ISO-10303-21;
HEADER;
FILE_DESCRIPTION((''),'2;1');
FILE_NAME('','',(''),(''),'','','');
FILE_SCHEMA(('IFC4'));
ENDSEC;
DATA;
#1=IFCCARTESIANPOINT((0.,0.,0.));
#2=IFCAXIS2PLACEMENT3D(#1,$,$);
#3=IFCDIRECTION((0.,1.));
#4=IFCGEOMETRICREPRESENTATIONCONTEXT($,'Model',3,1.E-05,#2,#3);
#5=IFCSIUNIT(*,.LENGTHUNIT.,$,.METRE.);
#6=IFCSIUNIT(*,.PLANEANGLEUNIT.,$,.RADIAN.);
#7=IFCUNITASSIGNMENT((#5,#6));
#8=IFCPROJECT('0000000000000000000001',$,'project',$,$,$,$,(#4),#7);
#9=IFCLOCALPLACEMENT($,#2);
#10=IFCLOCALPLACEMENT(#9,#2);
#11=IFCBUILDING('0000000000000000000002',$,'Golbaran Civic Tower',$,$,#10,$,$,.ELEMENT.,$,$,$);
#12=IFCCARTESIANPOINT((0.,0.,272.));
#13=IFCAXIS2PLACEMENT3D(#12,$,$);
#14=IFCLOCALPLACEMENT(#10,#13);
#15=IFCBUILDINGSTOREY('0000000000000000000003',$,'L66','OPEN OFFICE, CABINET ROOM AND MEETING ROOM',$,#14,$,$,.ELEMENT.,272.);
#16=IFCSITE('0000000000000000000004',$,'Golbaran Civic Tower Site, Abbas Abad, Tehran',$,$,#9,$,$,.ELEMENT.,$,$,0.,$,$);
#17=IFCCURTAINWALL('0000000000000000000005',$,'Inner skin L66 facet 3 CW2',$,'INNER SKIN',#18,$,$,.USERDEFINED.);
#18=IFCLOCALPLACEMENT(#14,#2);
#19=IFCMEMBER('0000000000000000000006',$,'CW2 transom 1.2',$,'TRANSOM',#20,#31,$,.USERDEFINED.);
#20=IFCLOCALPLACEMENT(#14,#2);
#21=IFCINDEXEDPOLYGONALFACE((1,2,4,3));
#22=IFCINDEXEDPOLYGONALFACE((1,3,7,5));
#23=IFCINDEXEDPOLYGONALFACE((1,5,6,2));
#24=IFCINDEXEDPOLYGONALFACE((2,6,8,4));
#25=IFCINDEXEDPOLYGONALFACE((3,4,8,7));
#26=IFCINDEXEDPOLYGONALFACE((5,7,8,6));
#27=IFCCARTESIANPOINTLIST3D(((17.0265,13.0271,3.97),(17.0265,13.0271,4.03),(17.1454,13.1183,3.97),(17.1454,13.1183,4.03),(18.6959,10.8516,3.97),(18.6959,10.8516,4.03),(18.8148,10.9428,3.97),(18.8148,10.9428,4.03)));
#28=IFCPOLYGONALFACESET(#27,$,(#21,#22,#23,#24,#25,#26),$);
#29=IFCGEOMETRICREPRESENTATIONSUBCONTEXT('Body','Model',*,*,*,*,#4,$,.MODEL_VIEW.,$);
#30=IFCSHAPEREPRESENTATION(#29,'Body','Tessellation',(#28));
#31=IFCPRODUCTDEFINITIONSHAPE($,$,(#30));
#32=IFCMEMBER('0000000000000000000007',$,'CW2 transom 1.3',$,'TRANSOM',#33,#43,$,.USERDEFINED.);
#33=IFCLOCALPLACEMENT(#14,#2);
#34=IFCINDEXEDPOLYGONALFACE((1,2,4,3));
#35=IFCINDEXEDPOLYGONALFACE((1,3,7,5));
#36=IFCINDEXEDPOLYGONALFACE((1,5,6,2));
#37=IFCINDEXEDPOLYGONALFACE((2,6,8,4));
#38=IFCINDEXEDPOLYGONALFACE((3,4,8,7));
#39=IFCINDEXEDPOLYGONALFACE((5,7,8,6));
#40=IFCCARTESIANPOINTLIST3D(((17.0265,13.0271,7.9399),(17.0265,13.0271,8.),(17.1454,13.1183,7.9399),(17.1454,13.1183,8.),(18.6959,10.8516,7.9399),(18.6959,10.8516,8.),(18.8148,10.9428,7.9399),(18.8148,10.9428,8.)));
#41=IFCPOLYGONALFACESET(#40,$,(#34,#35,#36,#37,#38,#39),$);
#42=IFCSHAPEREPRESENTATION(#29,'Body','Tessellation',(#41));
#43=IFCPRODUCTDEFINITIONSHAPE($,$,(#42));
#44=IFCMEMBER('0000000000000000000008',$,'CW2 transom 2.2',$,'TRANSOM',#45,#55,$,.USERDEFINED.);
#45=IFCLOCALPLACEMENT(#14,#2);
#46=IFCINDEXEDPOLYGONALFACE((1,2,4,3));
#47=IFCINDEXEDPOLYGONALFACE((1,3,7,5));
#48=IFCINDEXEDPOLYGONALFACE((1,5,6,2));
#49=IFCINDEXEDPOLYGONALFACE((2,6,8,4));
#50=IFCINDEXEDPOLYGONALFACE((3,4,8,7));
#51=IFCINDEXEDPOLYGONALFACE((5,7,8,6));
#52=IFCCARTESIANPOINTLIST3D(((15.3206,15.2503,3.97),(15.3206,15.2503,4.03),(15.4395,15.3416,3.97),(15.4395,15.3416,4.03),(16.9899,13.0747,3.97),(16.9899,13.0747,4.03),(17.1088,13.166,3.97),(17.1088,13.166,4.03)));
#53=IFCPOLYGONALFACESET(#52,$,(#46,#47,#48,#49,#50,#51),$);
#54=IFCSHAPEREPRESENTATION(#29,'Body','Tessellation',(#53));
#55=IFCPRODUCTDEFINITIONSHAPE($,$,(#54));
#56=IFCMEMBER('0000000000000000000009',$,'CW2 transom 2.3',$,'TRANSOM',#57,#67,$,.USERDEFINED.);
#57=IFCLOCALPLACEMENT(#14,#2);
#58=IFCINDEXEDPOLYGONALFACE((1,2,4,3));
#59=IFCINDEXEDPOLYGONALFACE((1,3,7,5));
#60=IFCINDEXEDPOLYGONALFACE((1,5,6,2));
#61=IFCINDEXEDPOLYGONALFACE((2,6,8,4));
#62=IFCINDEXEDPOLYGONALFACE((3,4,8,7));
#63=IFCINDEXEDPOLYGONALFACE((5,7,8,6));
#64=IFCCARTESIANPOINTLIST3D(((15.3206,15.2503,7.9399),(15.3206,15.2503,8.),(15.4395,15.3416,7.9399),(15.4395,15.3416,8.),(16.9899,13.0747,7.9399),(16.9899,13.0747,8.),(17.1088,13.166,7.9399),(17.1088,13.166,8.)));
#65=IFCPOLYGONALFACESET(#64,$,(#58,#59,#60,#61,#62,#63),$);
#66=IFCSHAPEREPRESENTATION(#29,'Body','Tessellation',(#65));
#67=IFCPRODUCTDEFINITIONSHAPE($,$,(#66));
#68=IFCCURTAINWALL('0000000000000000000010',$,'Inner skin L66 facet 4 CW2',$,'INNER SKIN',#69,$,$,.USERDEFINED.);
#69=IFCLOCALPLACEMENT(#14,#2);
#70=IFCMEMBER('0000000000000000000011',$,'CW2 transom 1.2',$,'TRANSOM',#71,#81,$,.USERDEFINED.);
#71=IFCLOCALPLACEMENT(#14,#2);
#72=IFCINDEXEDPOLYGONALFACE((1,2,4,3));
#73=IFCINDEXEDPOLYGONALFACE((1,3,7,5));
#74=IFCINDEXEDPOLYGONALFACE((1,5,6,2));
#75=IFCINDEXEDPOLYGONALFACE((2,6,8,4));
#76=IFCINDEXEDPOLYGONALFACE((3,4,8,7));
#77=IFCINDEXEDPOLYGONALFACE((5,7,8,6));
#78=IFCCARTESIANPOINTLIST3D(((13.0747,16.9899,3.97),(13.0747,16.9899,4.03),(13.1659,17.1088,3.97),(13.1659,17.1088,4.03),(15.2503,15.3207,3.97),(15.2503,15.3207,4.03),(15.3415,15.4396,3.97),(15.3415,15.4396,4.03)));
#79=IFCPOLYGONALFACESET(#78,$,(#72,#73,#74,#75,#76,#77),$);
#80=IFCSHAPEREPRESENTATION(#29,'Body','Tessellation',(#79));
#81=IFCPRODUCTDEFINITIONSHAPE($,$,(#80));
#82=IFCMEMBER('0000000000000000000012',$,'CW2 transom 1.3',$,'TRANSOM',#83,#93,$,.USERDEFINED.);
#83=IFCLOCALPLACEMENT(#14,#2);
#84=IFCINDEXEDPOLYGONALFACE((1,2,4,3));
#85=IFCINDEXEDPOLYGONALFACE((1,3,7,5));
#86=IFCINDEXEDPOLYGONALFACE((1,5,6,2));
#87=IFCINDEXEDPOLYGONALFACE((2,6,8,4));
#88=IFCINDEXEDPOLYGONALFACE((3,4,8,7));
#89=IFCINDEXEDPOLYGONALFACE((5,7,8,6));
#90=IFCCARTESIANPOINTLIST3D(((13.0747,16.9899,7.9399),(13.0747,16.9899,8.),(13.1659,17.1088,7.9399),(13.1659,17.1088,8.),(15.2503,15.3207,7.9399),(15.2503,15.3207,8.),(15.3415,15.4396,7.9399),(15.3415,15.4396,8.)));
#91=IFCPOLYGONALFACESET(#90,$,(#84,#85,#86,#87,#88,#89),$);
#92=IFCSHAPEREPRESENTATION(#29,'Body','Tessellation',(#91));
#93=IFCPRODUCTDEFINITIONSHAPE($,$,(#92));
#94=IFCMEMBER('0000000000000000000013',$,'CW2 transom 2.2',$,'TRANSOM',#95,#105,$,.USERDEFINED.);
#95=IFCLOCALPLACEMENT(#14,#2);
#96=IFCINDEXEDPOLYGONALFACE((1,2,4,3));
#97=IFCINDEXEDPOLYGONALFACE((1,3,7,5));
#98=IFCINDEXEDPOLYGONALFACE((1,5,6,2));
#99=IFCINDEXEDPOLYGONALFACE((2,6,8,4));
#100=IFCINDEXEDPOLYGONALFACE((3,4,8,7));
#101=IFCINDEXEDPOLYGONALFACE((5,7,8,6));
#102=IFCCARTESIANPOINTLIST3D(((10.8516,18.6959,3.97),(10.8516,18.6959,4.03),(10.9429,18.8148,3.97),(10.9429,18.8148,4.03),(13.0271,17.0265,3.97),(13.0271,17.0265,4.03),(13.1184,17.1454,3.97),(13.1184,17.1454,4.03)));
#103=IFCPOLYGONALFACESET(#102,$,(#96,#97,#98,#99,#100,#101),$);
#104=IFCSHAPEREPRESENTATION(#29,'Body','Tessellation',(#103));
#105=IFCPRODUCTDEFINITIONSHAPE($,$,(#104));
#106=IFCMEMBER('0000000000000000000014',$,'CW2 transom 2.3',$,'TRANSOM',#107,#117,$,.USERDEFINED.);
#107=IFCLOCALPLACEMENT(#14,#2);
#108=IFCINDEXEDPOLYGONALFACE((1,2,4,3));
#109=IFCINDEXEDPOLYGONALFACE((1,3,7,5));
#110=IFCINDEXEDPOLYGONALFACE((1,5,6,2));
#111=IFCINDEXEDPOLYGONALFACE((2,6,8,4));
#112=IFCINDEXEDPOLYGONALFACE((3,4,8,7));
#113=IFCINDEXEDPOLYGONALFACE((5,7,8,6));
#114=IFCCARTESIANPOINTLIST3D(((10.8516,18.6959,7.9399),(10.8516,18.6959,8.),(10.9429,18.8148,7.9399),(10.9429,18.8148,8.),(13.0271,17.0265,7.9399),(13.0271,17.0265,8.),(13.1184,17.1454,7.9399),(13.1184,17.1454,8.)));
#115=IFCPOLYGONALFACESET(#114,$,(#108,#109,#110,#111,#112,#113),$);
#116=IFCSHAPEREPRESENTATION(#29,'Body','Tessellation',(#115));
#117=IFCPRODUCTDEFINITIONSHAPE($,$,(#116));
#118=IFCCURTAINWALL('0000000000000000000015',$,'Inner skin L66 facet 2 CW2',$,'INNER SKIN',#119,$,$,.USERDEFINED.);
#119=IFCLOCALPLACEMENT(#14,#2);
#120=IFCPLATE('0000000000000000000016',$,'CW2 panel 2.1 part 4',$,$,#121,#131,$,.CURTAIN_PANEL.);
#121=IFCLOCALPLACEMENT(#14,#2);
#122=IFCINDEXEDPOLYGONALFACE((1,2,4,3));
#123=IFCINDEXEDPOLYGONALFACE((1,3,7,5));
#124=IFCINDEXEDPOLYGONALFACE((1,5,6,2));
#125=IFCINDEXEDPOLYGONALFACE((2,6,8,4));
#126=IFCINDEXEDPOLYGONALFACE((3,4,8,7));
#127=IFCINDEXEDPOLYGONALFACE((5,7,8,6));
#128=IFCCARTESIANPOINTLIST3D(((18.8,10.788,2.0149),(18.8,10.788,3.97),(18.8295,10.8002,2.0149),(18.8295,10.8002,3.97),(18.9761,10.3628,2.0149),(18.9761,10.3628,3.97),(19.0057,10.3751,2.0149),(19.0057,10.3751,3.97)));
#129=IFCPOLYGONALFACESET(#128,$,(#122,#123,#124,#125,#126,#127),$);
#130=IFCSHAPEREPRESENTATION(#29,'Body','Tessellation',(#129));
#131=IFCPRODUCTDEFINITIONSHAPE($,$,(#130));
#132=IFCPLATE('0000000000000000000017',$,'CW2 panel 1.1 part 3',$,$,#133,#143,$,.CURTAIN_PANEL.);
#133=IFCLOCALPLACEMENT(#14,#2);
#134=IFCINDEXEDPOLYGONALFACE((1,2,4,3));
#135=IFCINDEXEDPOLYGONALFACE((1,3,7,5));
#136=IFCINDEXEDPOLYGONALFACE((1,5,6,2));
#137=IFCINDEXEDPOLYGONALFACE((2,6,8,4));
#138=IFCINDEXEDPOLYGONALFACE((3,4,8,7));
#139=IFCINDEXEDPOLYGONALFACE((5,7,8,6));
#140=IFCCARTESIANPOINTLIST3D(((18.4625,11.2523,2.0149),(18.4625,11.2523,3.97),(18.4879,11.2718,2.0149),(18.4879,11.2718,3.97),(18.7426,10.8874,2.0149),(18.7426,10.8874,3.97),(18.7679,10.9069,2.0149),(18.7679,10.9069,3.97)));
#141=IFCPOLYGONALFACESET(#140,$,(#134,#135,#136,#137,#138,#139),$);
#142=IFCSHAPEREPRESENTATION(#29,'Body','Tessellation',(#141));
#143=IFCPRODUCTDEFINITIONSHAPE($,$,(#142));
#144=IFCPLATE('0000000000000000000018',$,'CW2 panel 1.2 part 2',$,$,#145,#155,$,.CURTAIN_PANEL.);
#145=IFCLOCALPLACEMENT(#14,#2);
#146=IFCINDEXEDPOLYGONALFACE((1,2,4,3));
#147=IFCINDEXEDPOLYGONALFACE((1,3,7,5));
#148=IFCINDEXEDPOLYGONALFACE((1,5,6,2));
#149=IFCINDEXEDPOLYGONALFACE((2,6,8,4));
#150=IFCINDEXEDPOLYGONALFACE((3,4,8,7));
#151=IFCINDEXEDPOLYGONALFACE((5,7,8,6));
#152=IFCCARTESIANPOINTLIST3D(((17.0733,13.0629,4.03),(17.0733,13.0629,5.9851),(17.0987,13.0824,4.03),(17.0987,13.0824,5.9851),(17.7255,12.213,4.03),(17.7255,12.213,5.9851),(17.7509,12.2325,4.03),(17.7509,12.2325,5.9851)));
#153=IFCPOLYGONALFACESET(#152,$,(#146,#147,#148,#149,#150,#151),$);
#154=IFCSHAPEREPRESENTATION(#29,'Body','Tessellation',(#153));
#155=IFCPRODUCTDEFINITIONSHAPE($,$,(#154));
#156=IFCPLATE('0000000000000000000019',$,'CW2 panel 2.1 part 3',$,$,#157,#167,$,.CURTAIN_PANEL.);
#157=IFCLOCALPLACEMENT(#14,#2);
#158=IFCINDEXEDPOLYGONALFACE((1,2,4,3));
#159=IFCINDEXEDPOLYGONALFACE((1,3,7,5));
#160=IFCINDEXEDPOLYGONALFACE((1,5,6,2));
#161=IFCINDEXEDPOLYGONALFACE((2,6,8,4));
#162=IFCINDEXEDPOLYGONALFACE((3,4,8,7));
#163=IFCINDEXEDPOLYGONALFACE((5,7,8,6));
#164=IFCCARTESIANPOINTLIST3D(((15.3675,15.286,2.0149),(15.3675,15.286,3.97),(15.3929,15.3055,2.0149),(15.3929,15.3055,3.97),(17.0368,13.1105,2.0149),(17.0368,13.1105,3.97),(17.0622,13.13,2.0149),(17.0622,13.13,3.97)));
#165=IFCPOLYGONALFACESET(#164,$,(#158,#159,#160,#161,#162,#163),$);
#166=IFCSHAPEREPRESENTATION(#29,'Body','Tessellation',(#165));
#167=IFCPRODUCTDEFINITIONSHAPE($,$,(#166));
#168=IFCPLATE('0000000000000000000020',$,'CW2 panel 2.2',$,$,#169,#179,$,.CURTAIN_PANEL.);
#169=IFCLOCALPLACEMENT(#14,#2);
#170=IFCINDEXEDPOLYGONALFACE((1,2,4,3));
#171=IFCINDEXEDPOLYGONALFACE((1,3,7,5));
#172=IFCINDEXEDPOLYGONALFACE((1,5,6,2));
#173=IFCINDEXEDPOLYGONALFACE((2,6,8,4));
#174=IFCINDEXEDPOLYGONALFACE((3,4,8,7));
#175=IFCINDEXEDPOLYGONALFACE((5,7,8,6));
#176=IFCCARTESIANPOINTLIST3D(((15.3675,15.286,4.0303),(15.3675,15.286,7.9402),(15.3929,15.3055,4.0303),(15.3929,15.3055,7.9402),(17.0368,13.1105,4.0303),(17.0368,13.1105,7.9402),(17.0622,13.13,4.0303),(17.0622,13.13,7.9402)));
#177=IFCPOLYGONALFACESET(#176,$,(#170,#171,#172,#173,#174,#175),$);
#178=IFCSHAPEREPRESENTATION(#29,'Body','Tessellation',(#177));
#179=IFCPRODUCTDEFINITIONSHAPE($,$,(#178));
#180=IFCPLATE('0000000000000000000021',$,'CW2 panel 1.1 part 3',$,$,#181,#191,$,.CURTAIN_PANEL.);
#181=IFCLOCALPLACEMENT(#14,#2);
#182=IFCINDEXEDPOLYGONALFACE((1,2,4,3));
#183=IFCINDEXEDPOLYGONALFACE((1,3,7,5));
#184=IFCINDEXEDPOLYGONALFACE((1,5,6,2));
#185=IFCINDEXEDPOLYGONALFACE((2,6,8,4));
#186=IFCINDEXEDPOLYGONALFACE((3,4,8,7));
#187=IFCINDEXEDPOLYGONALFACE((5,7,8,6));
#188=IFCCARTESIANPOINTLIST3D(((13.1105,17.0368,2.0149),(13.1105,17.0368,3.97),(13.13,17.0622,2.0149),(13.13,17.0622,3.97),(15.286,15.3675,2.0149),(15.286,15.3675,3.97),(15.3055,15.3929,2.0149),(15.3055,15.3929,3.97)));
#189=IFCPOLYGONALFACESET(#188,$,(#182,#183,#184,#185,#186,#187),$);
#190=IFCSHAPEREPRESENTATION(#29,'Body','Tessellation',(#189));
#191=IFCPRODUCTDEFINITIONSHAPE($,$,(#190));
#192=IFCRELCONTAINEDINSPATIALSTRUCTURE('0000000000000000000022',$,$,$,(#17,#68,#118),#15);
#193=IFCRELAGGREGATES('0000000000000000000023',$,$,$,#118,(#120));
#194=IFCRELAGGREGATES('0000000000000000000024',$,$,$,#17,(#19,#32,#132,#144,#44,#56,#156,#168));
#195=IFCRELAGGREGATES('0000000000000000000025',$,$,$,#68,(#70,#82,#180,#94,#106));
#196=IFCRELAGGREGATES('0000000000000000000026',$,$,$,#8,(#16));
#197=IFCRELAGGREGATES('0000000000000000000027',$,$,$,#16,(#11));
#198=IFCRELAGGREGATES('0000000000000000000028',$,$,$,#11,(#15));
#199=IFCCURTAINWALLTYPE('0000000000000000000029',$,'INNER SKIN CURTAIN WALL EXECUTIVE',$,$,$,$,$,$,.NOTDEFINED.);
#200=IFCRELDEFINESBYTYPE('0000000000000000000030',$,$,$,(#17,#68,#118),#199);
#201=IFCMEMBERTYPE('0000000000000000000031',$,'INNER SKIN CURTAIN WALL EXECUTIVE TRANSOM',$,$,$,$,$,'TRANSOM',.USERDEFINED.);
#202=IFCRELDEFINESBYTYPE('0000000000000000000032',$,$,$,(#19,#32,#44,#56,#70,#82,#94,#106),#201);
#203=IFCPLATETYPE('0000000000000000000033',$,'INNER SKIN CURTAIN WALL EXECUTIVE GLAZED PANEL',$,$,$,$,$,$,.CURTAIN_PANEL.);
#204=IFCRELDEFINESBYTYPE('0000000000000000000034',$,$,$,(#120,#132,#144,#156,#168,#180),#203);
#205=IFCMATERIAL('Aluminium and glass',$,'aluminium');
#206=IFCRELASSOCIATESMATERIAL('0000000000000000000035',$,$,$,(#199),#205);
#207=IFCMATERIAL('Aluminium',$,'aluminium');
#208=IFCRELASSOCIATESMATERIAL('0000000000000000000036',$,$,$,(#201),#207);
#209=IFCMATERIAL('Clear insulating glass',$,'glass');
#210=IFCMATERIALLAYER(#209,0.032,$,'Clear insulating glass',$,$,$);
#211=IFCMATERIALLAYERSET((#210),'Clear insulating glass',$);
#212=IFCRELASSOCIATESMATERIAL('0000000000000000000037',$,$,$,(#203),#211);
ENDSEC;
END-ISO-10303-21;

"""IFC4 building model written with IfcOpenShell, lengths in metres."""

from ifc_helpers import new_model, si_unit, direction, frame, origin, origin_2d, place, context, subcontext, project, spatial, rectangle, extrude, material, layer, layer_set, material_profile, profile_set, type_object, element, aggregate, save


model = new_model("IFC4")

# Units and contexts
model_context = context("Model", 3, precision=1e-05, world=origin(), true_north=direction((0.0, 1.0)))
body_context = subcontext(model_context, "Body", "Model", "MODEL_VIEW")
ifc_project = project(units=[si_unit("LENGTHUNIT", "METRE"), si_unit("PLANEANGLEUNIT", "RADIAN")], contexts=[model_context])

# Site, building, storey
site_placement = place(None, origin())
site = spatial("IfcSite", under=ifc_project, at=site_placement, Name="Golbaran Civic Tower Site, Abbas Abad, Tehran", CompositionType="ELEMENT", RefElevation=0.0)
building_placement = place(site_placement, origin())
building = spatial("IfcBuilding", under=site, at=building_placement, Name="Golbaran Civic Tower", CompositionType="ELEMENT")
storey_placement = place(building_placement, frame((0.0, 0.0, 272.0)))
storey = spatial("IfcBuildingStorey", under=building, at=storey_placement, Name="L66", Description="OPEN OFFICE, CABINET ROOM AND MEETING ROOM", CompositionType="ELEMENT", Elevation=272.0)

# Curtain walls, members
ifc_material_1 = material(Name="Aluminium and glass", Category="aluminium")
curtain_wall_type = type_object("IfcCurtainWallType", Name="INNER SKIN CURTAIN WALL EXECUTIVE", PredefinedType="NOTDEFINED", material=ifc_material_1)
curtain_wall_1_placement = place(storey_placement, origin())
curtain_wall_1 = element("IfcCurtainWall", 1, at=curtain_wall_1_placement, inside=storey, type_object=curtain_wall_type, Name="Inner skin L66 facet 3 CW2", ObjectType="INNER SKIN", PredefinedType="USERDEFINED")
ifc_material_2 = material(Name="Aluminium", Category="aluminium")
ifc_material_profile = material_profile(ifc_material_2, rectangle(XDim=0.1499, YDim=0.0601, at=origin_2d()), Name="INNER SKIN CURTAIN WALL EXECUTIVE TRANSOM")
ifc_profile_set = profile_set([ifc_material_profile], Name="Aluminium")
member_type = type_object("IfcMemberType", Name="INNER SKIN CURTAIN WALL EXECUTIVE TRANSOM", ElementType="TRANSOM", PredefinedType="USERDEFINED", material=ifc_profile_set)
member_1_placement = place(storey_placement, frame((18.7554, 10.8972, 4.0), z_axis=(-0.608781, 0.793338, 0.0), x_axis=(-0.793338, -0.608781, 0.0)))
member_1 = element("IfcMember", 2, at=member_1_placement, type_object=member_type, Name="CW2 transom 1.2", ObjectType="TRANSOM", PredefinedType="USERDEFINED", context=body_context, shape_type="SweptSolid", body=[
    extrude(rectangle(XDim=0.1499, YDim=0.0601, at=origin_2d()), origin(), (0.0, 0.0, 1.0), 2.7422),
])
member_2_placement = place(storey_placement, frame((18.7554, 10.8972, 7.97), z_axis=(-0.608781, 0.793338, 0.0), x_axis=(-0.793338, -0.608781, 0.0)))
member_2 = element("IfcMember", 3, at=member_2_placement, type_object=member_type, Name="CW2 transom 1.3", ObjectType="TRANSOM", PredefinedType="USERDEFINED", context=body_context, shape_type="SweptSolid", body=[
    extrude(rectangle(XDim=0.1499, YDim=0.0601, at=origin_2d()), origin(), (0.0, 0.0, 1.0), 2.7422),
])
member_3_placement = place(storey_placement, frame((17.0493, 13.1204, 4.0), z_axis=(-0.608725, 0.793381, 0.0), x_axis=(-0.793381, -0.608725, 0.0)))
member_3 = element("IfcMember", 4, at=member_3_placement, type_object=member_type, Name="CW2 transom 2.2", ObjectType="TRANSOM", PredefinedType="USERDEFINED", context=body_context, shape_type="SweptSolid", body=[
    extrude(rectangle(XDim=0.1499, YDim=0.0601, at=origin_2d()), origin(), (0.0, 0.0, 1.0), 2.7422),
])
member_4_placement = place(storey_placement, frame((17.0493, 13.1204, 7.97), z_axis=(-0.608725, 0.793381, 0.0), x_axis=(-0.793381, -0.608725, 0.0)))
member_4 = element("IfcMember", 5, at=member_4_placement, type_object=member_type, Name="CW2 transom 2.3", ObjectType="TRANSOM", PredefinedType="USERDEFINED", context=body_context, shape_type="SweptSolid", body=[
    extrude(rectangle(XDim=0.1499, YDim=0.0601, at=origin_2d()), origin(), (0.0, 0.0, 1.0), 2.7422),
])
curtain_wall_2_placement = place(storey_placement, origin())
curtain_wall_2 = element("IfcCurtainWall", 6, at=curtain_wall_2_placement, inside=storey, type_object=curtain_wall_type, Name="Inner skin L66 facet 4 CW2", ObjectType="INNER SKIN", PredefinedType="USERDEFINED")
member_5_placement = place(storey_placement, frame((15.2959, 15.3801, 4.0), z_axis=(-0.793381, 0.608725, 0.0), x_axis=(-0.608725, -0.793381, 0.0)))
member_5 = element("IfcMember", 7, at=member_5_placement, type_object=member_type, Name="CW2 transom 1.2", ObjectType="TRANSOM", PredefinedType="USERDEFINED", context=body_context, shape_type="SweptSolid", body=[
    extrude(rectangle(XDim=0.1499, YDim=0.0601, at=origin_2d()), origin(), (0.0, 0.0, 1.0), 2.7422),
])
member_6_placement = place(storey_placement, frame((15.2959, 15.3801, 7.97), z_axis=(-0.793381, 0.608725, 0.0), x_axis=(-0.608725, -0.793381, 0.0)))
member_6 = element("IfcMember", 8, at=member_6_placement, type_object=member_type, Name="CW2 transom 1.3", ObjectType="TRANSOM", PredefinedType="USERDEFINED", context=body_context, shape_type="SweptSolid", body=[
    extrude(rectangle(XDim=0.1499, YDim=0.0601, at=origin_2d()), origin(), (0.0, 0.0, 1.0), 2.7422),
])
member_7_placement = place(storey_placement, frame((13.0728, 17.0859, 4.0), z_axis=(-0.793338, 0.608781, 0.0), x_axis=(-0.608781, -0.793338, 0.0)))
member_7 = element("IfcMember", 9, at=member_7_placement, type_object=member_type, Name="CW2 transom 2.2", ObjectType="TRANSOM", PredefinedType="USERDEFINED", context=body_context, shape_type="SweptSolid", body=[
    extrude(rectangle(XDim=0.1499, YDim=0.0601, at=origin_2d()), origin(), (0.0, 0.0, 1.0), 2.7422),
])
member_8_placement = place(storey_placement, frame((13.0728, 17.0859, 7.97), z_axis=(-0.793338, 0.608781, 0.0), x_axis=(-0.608781, -0.793338, 0.0)))
member_8 = element("IfcMember", 10, at=member_8_placement, type_object=member_type, Name="CW2 transom 2.3", ObjectType="TRANSOM", PredefinedType="USERDEFINED", context=body_context, shape_type="SweptSolid", body=[
    extrude(rectangle(XDim=0.1499, YDim=0.0601, at=origin_2d()), origin(), (0.0, 0.0, 1.0), 2.7422),
])

# Curtain wall, plate
curtain_wall_3_placement = place(storey_placement, origin())
curtain_wall_3 = element("IfcCurtainWall", 11, at=curtain_wall_3_placement, inside=storey, type_object=curtain_wall_type, Name="Inner skin L66 facet 2 CW2", ObjectType="INNER SKIN", PredefinedType="USERDEFINED")
ifc_material_3 = material(Name="Clear insulating glass", Category="glass")
ifc_layer_1 = layer(ifc_material_3, 0.032, Name="Clear insulating glass")
ifc_layer_set_1 = layer_set([ifc_layer_1], Name="Clear insulating glass")
plate_type_1 = type_object("IfcPlateType", Name="INNER SKIN CURTAIN WALL EXECUTIVE GLAZED PANEL", PredefinedType="CURTAIN_PANEL", material=ifc_layer_set_1)
plate_1_placement = place(storey_placement, frame((18.9028, 10.5815, 2.0149), z_axis=(0.0, 0.0, 1.0), x_axis=(-0.382683, 0.92388, 0.0)))
plate_1 = element("IfcPlate", 12, at=plate_1_placement, type_object=plate_type_1, Name="CW2 panel 2.1 part 4", PredefinedType="CURTAIN_PANEL", context=body_context, shape_type="SweptSolid", body=[
    extrude(rectangle(XDim=0.4602, YDim=0.032, at=origin_2d()), origin(), (0.0, 0.0, 1.0), 1.9551),
])

# Plates
plate_2_placement = place(storey_placement, frame((18.6152, 11.0796, 2.0149), z_axis=(0.0, 0.0, 1.0), x_axis=(-0.608761, 0.793353, 0.0)))
plate_2 = element("IfcPlate", 13, at=plate_2_placement, type_object=plate_type_1, Name="CW2 panel 1.1 part 3", PredefinedType="CURTAIN_PANEL", context=body_context, shape_type="SweptSolid", body=[
    extrude(rectangle(XDim=0.46, YDim=0.032, at=origin_2d()), origin(), (0.0, 0.0, 1.0), 1.9551),
])
plate_3_placement = place(storey_placement, frame((17.4121, 12.6477, 4.03), z_axis=(0.0, 0.0, 1.0), x_axis=(-0.608761, 0.793353, 0.0)))
plate_3 = element("IfcPlate", 14, at=plate_3_placement, type_object=plate_type_1, Name="CW2 panel 1.2 part 2", PredefinedType="CURTAIN_PANEL", context=body_context, shape_type="SweptSolid", body=[
    extrude(rectangle(XDim=1.0713, YDim=0.032, at=origin_2d()), origin(), (0.0, 0.0, 1.0), 1.9551),
])
plate_4_placement = place(storey_placement, frame((16.2148, 14.208, 2.0149), z_axis=(0.0, 0.0, 1.0), x_axis=(-0.608761, 0.793353, 0.0)))
plate_4 = element("IfcPlate", 15, at=plate_4_placement, type_object=plate_type_1, Name="CW2 panel 2.1 part 3", PredefinedType="CURTAIN_PANEL", context=body_context, shape_type="SweptSolid", body=[
    extrude(rectangle(XDim=2.7422, YDim=0.032, at=origin_2d()), origin(), (0.0, 0.0, 1.0), 1.9551),
])
plate_5_placement = place(storey_placement, frame((16.2148, 14.208, 4.0303), z_axis=(0.0, 0.0, 1.0), x_axis=(-0.608761, 0.793353, 0.0)))
plate_5 = element("IfcPlate", 16, at=plate_5_placement, type_object=plate_type_1, Name="CW2 panel 2.2", PredefinedType="CURTAIN_PANEL", context=body_context, shape_type="SweptSolid", body=[
    extrude(rectangle(XDim=2.7422, YDim=0.032, at=origin_2d()), origin(), (0.0, 0.0, 1.0), 3.9099),
])
plate_6_placement = place(storey_placement, frame((14.208, 16.2148, 2.0149), z_axis=(0.0, 0.0, 1.0), x_axis=(-0.793353, 0.608761, 0.0)))
plate_6 = element("IfcPlate", 17, at=plate_6_placement, type_object=plate_type_1, Name="CW2 panel 1.1 part 3", PredefinedType="CURTAIN_PANEL", context=body_context, shape_type="SweptSolid", body=[
    extrude(rectangle(XDim=2.7422, YDim=0.032, at=origin_2d()), origin(), (0.0, 0.0, 1.0), 1.9551),
])
aggregate(curtain_wall_3, [plate_1])
aggregate(curtain_wall_1, [member_1, member_2, plate_2, plate_3, member_3, member_4, plate_4, plate_5])
aggregate(curtain_wall_2, [member_5, member_6, plate_6, member_7, member_8])

save(model, "model.ifc")
